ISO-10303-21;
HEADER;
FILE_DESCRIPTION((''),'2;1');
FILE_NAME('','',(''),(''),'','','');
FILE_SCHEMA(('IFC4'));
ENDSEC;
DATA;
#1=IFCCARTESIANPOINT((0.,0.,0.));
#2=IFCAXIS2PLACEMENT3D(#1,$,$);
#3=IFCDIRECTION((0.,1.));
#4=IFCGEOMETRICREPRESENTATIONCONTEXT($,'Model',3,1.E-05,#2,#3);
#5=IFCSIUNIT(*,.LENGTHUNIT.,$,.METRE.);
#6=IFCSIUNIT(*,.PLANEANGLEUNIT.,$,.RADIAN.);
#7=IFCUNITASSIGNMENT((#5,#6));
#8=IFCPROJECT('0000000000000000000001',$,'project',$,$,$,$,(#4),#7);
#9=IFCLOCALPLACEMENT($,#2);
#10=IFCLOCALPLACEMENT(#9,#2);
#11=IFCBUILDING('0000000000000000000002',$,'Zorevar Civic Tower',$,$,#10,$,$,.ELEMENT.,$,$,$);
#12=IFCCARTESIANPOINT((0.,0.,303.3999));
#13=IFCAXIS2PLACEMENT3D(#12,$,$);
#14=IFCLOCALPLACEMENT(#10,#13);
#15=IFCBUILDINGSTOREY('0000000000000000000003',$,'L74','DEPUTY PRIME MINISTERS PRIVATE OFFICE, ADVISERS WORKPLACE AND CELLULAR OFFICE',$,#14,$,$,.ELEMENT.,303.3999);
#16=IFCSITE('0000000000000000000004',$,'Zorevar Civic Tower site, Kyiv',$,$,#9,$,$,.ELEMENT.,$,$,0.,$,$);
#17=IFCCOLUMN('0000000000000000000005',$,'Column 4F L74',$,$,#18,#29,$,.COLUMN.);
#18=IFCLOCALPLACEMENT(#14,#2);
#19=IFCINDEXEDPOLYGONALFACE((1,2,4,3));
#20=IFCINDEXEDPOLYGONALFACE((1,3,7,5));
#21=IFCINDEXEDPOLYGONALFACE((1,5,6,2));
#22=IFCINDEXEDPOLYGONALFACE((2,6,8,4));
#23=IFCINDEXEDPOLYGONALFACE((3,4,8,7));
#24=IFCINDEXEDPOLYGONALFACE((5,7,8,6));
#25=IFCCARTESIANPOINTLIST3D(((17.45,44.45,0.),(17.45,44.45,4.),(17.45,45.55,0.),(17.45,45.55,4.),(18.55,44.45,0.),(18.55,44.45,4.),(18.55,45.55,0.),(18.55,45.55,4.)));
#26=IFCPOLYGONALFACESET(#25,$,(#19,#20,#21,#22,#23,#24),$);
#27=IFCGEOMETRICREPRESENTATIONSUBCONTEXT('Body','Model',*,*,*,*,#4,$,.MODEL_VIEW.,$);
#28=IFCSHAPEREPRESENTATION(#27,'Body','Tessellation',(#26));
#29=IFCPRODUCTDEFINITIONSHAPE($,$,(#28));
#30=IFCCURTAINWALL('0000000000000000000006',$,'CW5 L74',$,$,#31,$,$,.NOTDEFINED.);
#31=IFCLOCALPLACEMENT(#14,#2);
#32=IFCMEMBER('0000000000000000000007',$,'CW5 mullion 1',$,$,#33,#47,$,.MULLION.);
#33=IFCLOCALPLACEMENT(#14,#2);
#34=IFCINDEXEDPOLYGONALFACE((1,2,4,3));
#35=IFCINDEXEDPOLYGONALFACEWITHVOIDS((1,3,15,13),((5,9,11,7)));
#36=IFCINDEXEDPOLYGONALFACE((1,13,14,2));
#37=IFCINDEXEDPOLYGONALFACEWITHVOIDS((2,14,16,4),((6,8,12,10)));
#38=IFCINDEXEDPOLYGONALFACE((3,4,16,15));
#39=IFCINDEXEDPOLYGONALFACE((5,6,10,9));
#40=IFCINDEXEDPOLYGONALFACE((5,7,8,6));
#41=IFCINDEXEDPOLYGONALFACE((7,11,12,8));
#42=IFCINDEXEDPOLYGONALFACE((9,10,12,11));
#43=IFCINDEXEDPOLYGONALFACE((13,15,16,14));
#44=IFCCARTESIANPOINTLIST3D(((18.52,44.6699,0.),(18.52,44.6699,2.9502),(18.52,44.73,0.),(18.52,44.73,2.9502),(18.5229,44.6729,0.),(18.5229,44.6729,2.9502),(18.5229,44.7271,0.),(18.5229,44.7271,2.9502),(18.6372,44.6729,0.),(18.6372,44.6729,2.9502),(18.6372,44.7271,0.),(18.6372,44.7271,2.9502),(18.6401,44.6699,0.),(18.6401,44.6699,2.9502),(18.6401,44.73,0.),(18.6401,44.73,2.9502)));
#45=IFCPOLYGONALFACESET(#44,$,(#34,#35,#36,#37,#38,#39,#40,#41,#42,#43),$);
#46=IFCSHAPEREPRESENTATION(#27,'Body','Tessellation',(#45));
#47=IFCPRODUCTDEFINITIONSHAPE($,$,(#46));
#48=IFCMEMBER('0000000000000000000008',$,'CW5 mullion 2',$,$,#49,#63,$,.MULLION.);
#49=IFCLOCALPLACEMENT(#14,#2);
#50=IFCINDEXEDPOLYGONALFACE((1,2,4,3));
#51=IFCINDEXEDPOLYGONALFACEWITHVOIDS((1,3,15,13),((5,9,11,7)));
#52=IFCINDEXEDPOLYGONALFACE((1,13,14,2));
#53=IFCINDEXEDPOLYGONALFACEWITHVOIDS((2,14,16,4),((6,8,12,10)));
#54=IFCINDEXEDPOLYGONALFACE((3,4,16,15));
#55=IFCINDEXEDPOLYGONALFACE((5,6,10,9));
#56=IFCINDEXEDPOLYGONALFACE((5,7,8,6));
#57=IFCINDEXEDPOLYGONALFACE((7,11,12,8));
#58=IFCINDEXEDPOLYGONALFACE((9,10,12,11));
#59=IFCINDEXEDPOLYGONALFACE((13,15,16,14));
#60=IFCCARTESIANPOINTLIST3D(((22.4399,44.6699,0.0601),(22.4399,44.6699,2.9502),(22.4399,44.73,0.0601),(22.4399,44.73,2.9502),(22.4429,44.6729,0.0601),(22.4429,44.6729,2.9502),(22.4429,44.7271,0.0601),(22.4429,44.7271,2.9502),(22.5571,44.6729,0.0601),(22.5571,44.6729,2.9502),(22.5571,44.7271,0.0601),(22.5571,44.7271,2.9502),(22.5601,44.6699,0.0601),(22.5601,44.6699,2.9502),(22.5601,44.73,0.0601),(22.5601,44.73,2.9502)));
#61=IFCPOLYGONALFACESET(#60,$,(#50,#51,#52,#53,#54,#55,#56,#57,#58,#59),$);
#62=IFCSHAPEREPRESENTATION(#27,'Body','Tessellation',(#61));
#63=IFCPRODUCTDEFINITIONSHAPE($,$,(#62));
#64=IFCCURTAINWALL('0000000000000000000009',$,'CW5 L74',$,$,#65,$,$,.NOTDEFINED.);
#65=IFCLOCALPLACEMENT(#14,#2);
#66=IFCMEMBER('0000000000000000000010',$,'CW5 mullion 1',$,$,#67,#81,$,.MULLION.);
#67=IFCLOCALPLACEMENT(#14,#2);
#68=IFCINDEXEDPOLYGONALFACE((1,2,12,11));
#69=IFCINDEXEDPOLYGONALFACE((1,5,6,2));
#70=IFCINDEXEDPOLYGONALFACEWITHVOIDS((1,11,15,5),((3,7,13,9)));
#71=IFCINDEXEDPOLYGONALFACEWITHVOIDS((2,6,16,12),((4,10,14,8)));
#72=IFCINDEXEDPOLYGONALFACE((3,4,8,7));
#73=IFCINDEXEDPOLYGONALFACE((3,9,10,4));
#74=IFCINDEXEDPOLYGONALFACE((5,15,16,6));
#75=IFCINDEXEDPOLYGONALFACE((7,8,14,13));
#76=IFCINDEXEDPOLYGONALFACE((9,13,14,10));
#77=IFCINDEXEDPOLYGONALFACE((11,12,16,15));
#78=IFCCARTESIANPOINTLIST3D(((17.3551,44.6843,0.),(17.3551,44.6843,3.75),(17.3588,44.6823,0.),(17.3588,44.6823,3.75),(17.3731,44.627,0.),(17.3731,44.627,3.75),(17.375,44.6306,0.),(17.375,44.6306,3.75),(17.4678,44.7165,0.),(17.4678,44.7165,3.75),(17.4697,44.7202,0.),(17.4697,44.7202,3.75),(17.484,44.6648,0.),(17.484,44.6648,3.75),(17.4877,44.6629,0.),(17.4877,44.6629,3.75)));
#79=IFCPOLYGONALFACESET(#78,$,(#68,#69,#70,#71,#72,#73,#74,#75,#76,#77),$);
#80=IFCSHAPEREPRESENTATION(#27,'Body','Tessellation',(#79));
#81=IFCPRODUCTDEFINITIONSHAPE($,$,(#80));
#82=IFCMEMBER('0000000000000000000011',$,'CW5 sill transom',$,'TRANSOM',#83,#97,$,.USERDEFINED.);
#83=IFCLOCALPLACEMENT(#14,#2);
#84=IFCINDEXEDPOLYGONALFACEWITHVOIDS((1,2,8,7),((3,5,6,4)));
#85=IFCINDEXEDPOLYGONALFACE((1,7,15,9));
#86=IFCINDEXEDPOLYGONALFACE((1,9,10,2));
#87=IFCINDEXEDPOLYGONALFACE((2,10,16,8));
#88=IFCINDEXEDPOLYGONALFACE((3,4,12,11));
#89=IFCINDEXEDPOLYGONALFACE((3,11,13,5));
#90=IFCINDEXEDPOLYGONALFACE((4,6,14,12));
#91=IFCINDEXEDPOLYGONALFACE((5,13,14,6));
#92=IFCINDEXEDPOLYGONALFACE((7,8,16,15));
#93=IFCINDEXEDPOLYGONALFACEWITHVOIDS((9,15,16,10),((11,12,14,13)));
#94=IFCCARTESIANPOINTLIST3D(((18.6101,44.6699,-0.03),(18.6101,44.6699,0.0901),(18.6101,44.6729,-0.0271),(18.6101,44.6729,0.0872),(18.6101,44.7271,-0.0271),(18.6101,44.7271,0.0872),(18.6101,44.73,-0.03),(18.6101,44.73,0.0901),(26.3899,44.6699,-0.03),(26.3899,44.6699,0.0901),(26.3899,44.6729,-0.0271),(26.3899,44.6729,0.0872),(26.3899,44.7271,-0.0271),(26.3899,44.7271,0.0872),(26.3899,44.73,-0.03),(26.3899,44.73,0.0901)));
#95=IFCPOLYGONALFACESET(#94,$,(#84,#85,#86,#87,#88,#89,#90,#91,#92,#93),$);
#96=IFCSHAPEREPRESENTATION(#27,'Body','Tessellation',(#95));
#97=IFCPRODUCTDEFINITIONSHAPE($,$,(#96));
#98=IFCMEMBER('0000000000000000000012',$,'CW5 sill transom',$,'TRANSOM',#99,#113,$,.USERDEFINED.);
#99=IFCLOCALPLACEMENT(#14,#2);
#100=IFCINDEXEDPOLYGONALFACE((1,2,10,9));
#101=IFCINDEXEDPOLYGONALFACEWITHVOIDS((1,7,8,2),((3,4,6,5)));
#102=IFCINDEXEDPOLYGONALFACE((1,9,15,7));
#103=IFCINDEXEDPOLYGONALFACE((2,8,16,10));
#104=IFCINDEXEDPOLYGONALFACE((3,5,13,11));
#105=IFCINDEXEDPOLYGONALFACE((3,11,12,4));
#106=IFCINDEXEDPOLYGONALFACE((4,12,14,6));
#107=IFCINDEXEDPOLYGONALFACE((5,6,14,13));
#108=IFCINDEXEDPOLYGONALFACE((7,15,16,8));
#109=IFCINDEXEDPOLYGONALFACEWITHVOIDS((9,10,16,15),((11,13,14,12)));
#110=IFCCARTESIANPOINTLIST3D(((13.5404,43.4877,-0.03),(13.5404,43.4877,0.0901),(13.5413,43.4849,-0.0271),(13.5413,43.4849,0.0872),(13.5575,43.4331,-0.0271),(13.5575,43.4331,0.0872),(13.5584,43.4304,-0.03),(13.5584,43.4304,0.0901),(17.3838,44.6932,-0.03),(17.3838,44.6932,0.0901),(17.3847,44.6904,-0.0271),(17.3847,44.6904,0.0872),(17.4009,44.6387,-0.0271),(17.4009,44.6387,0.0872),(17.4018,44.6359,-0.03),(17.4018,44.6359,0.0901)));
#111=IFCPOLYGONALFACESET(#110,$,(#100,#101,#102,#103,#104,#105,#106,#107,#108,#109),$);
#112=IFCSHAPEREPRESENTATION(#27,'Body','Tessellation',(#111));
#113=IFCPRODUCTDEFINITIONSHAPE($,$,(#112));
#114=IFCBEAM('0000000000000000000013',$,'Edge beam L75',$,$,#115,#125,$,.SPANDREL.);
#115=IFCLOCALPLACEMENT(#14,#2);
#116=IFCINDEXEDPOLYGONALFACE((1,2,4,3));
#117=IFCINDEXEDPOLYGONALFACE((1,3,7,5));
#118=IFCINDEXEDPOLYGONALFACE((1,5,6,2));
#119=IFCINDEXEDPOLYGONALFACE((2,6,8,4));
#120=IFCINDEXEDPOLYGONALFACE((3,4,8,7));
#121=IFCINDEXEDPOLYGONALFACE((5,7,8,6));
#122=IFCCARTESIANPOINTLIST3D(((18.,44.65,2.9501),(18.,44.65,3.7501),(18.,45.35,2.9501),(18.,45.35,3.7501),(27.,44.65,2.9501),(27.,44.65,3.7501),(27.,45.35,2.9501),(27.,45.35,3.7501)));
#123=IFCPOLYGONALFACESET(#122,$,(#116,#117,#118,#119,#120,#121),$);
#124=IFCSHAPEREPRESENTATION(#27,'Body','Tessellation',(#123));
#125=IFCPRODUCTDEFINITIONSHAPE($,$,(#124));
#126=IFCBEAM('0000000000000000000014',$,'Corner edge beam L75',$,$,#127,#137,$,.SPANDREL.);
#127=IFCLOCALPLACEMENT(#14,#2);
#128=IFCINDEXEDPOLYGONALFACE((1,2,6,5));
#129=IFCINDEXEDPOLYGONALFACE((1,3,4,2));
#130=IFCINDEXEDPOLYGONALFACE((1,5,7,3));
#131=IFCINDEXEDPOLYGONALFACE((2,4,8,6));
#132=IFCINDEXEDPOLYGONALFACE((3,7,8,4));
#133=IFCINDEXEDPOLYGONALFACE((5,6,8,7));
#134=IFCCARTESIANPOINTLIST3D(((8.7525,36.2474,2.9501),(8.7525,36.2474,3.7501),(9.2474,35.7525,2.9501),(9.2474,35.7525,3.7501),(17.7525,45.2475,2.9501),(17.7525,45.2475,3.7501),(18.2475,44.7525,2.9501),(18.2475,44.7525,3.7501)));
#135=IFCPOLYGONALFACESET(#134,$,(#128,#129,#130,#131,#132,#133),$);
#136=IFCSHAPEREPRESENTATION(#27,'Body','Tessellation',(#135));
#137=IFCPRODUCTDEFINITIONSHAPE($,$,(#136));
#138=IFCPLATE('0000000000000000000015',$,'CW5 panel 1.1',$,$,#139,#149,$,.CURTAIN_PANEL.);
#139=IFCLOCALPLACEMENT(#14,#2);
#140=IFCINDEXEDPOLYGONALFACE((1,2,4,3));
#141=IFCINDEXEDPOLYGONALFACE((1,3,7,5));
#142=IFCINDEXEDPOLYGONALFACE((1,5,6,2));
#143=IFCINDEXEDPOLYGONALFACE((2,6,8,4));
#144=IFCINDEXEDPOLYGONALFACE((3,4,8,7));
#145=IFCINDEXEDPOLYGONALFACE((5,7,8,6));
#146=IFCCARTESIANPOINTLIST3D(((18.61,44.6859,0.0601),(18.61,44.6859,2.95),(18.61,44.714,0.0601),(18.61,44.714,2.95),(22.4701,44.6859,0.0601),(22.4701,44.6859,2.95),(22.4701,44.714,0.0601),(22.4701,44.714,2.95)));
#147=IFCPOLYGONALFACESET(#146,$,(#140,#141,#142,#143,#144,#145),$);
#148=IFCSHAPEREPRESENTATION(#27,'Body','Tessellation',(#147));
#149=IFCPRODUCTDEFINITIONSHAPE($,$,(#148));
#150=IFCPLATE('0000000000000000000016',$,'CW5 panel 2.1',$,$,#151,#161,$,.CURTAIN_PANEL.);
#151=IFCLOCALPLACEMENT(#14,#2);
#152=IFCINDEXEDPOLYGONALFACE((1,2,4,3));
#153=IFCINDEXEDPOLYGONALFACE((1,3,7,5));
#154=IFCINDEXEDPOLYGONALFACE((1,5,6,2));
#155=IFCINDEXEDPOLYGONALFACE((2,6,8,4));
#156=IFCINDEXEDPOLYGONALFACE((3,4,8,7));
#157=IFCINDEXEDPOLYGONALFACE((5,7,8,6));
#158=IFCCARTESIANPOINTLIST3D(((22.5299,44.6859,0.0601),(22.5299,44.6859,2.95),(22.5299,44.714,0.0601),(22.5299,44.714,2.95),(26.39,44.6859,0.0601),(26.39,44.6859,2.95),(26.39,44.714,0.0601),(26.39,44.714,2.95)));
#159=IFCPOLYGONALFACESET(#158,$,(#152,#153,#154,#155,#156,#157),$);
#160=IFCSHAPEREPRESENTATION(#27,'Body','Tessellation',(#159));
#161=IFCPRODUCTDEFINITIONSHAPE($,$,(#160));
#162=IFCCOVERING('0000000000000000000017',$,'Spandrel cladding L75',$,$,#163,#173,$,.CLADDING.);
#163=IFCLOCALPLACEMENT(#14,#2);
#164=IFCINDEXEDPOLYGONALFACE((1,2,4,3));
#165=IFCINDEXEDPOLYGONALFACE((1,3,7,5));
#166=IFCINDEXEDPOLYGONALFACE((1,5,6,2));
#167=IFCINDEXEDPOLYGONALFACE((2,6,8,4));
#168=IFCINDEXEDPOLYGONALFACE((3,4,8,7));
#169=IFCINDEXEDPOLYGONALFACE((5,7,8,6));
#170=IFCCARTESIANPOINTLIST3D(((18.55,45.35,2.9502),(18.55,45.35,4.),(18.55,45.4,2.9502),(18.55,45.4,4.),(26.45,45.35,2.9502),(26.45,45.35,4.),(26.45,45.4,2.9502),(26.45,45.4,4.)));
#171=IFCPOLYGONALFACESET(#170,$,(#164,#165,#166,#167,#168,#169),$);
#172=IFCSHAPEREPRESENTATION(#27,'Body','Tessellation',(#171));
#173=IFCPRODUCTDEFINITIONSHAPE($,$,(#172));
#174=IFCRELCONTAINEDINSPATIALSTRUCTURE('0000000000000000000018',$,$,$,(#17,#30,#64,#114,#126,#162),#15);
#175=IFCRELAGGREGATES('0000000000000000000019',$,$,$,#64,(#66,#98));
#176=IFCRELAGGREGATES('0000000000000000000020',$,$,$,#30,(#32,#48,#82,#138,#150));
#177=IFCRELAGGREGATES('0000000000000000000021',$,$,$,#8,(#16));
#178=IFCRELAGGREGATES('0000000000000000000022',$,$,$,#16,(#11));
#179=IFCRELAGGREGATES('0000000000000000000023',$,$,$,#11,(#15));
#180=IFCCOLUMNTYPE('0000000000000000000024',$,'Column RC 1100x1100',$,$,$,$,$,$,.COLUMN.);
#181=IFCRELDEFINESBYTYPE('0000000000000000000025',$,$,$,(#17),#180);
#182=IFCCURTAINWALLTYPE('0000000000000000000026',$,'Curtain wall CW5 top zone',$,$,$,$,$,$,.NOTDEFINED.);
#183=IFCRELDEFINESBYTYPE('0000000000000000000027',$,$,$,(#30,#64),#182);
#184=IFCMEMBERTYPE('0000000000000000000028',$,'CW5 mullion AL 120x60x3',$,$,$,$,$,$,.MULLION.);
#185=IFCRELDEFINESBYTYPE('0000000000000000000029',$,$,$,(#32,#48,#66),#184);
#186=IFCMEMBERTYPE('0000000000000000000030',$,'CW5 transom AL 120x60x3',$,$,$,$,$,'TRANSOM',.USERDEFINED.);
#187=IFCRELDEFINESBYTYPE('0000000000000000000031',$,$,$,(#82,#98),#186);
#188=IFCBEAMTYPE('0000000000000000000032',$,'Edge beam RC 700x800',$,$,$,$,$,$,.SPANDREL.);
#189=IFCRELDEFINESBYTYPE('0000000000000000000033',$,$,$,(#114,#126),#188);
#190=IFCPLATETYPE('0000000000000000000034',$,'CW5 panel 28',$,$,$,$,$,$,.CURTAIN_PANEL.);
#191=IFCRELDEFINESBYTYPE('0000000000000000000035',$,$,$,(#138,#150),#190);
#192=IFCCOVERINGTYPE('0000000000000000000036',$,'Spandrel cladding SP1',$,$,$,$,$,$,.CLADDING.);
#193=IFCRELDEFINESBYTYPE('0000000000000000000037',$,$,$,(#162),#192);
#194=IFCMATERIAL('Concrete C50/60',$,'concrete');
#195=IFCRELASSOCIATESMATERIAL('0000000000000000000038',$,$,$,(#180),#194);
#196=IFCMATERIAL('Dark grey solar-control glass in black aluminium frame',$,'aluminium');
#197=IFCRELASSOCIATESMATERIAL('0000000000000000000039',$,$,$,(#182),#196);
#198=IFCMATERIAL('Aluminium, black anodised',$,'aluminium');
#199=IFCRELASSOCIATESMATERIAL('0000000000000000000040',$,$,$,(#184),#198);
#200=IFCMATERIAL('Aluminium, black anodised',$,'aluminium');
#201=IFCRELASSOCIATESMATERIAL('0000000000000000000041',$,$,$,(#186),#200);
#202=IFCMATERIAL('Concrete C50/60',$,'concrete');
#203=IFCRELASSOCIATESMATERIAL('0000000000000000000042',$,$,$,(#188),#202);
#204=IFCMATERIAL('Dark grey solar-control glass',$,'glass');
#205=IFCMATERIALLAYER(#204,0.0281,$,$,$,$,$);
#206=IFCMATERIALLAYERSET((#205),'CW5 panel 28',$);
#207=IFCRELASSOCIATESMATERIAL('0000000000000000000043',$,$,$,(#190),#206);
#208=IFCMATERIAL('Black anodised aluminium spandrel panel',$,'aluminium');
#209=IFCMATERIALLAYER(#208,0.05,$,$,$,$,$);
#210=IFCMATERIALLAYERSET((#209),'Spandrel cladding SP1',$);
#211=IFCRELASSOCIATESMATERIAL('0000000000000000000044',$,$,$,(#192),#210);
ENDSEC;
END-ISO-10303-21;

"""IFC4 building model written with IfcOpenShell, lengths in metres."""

from ifc_helpers import new_model, si_unit, direction, frame, frame_2d, origin, origin_2d, place, context, subcontext, project, spatial, rectangle, hollow_rectangle, extrude, material, layer, layer_set, material_profile, profile_set, type_object, element, aggregate, save


model = new_model("IFC4")

# Units and contexts
model_context = context("Model", 3, precision=1e-05, world=origin(), true_north=direction((0.0, 1.0)))
body_context = subcontext(model_context, "Body", "Model", "MODEL_VIEW")
ifc_project = project(units=[si_unit("LENGTHUNIT", "METRE"), si_unit("PLANEANGLEUNIT", "RADIAN")], contexts=[model_context])

# Site, building, storey
site_placement = place(None, origin())
site = spatial("IfcSite", under=ifc_project, at=site_placement, Name="Zorevar Civic Tower site, Kyiv", CompositionType="ELEMENT", RefElevation=0.0)
building_placement = place(site_placement, origin())
building = spatial("IfcBuilding", under=site, at=building_placement, Name="Zorevar Civic Tower", CompositionType="ELEMENT")
storey_placement = place(building_placement, frame((0.0, 0.0, 303.3999)))
storey = spatial("IfcBuildingStorey", under=building, at=storey_placement, Name="L74", Description="DEPUTY PRIME MINISTERS PRIVATE OFFICE, ADVISERS WORKPLACE AND CELLULAR OFFICE", CompositionType="ELEMENT", Elevation=303.3999)

# Column
ifc_material_1 = material(Name="Concrete C50/60", Category="concrete")
ifc_material_profile_1 = material_profile(ifc_material_1, rectangle(XDim=1.1001, YDim=1.1001, at=origin_2d()), Name="RC 1100x1100")
ifc_profile_set_1 = profile_set([ifc_material_profile_1], Name="Concrete C50/60")
column_type = type_object("IfcColumnType", Name="Column RC 1100x1100", PredefinedType="COLUMN", material=ifc_profile_set_1)
column_placement = place(storey_placement, frame((18.0, 45.0, 0.0), z_axis=(0.0, 0.0, 1.0), x_axis=(1.0, 0.0, 0.0)))
element("IfcColumn", 1, at=column_placement, inside=storey, type_object=column_type, Name="Column 4F L74", PredefinedType="COLUMN", context=body_context, shape_type="SweptSolid", body=[
    extrude(rectangle(XDim=1.1001, YDim=1.1001, at=origin_2d()), origin(), (0.0, 0.0, 1.0), 4.0),
])

# Curtain wall, members
ifc_material_2 = material(Name="Dark grey solar-control glass in black aluminium frame", Category="aluminium")
curtain_wall_type = type_object("IfcCurtainWallType", Name="Curtain wall CW5 top zone", PredefinedType="NOTDEFINED", material=ifc_material_2)
curtain_wall_1_placement = place(storey_placement, origin())
curtain_wall_1 = element("IfcCurtainWall", 2, at=curtain_wall_1_placement, inside=storey, type_object=curtain_wall_type, Name="CW5 L74", PredefinedType="NOTDEFINED")
ifc_material_3 = material(Name="Aluminium, black anodised", Category="aluminium")
ifc_material_profile_2 = material_profile(ifc_material_3, hollow_rectangle(XDim=0.0601, YDim=0.1201, WallThickness=0.0029, at=origin_2d()), Name="AL 120x60x3")
ifc_profile_set_2 = profile_set([ifc_material_profile_2], Name="Aluminium, black anodised")
member_type_1 = type_object("IfcMemberType", Name="CW5 mullion AL 120x60x3", PredefinedType="MULLION", material=ifc_profile_set_2)
member_1_placement = place(storey_placement, frame((18.5801, 44.7, 0.0), z_axis=(0.0, 0.0, 1.0), x_axis=(0.0, 1.0, 0.0)))
member_1 = element("IfcMember", 3, at=member_1_placement, type_object=member_type_1, Name="CW5 mullion 1", PredefinedType="MULLION", context=body_context, shape_type="SweptSolid", body=[
    extrude(hollow_rectangle(XDim=0.0601, YDim=0.1201, WallThickness=0.0029, at=origin_2d()), origin(), (0.0, 0.0, 1.0), 2.9502),
])
member_2_placement = place(storey_placement, frame((22.5, 44.7, 0.0601), z_axis=(0.0, 0.0, 1.0), x_axis=(0.0, 1.0, 0.0)))
member_2 = element("IfcMember", 4, at=member_2_placement, type_object=member_type_1, Name="CW5 mullion 2", PredefinedType="MULLION", context=body_context, shape_type="SweptSolid", body=[
    extrude(hollow_rectangle(XDim=0.0601, YDim=0.1201, WallThickness=0.0029, at=origin_2d()), origin(), (0.0, 0.0, 1.0), 2.8901),
])

# Curtain wall, member
curtain_wall_2_placement = place(storey_placement, origin())
curtain_wall_2 = element("IfcCurtainWall", 5, at=curtain_wall_2_placement, inside=storey, type_object=curtain_wall_type, Name="CW5 L74", PredefinedType="NOTDEFINED")
member_3_placement = place(storey_placement, frame((17.4214, 44.6736, 0.0), z_axis=(0.0, 0.0, 1.0), x_axis=(0.299318, -0.954153, 0.0)))
member_3 = element("IfcMember", 6, at=member_3_placement, type_object=member_type_1, Name="CW5 mullion 1", PredefinedType="MULLION", context=body_context, shape_type="SweptSolid", body=[
    extrude(hollow_rectangle(XDim=0.0601, YDim=0.1201, WallThickness=0.0029, at=origin_2d()), origin(), (0.0, 0.0, 1.0), 3.75),
])

# Members
ifc_material_4 = material(Name="Aluminium, black anodised", Category="aluminium")
ifc_material_profile_3 = material_profile(ifc_material_4, hollow_rectangle(XDim=0.0601, YDim=0.1201, WallThickness=0.0029, at=origin_2d()), Name="AL 120x60x3")
ifc_profile_set_3 = profile_set([ifc_material_profile_3], Name="Aluminium, black anodised")
member_type_2 = type_object("IfcMemberType", Name="CW5 transom AL 120x60x3", ElementType="TRANSOM", PredefinedType="USERDEFINED", material=ifc_profile_set_3)
member_4_placement = place(storey_placement, frame((18.6101, 44.7, 0.03), z_axis=(1.0, 0.0, 0.0), x_axis=(0.0, 1.0, 0.0)))
member_4 = element("IfcMember", 7, at=member_4_placement, type_object=member_type_2, Name="CW5 sill transom", ObjectType="TRANSOM", PredefinedType="USERDEFINED", context=body_context, shape_type="SweptSolid", body=[
    extrude(hollow_rectangle(XDim=0.0601, YDim=0.1201, WallThickness=0.0029, at=origin_2d()), origin(), (0.0, 0.0, 1.0), 7.7798),
])
member_5_placement = place(storey_placement, frame((17.3928, 44.6646, 0.03), z_axis=(-0.954163, -0.299286, 0.0), x_axis=(0.299286, -0.954163, 0.0)))
member_5 = element("IfcMember", 8, at=member_5_placement, type_object=member_type_2, Name="CW5 sill transom", ObjectType="TRANSOM", PredefinedType="USERDEFINED", context=body_context, shape_type="SweptSolid", body=[
    extrude(hollow_rectangle(XDim=0.0601, YDim=0.1201, WallThickness=0.0029, at=origin_2d()), origin(), (0.0, 0.0, 1.0), 4.0281),
])
aggregate(curtain_wall_2, [member_3, member_5])

# Beams
ifc_material_5 = material(Name="Concrete C50/60", Category="concrete")
ifc_material_profile_4 = material_profile(ifc_material_5, rectangle(XDim=0.7, YDim=0.8, at=origin_2d()), Name="RC 700x800")
ifc_profile_set_4 = profile_set([ifc_material_profile_4], Name="Concrete C50/60")
beam_type = type_object("IfcBeamType", Name="Edge beam RC 700x800", PredefinedType="SPANDREL", material=ifc_profile_set_4)
beam_1_placement = place(storey_placement, frame((18.0, 45.0, 3.3501), z_axis=(1.0, 0.0, 0.0), x_axis=(0.0, 1.0, 0.0)))
element("IfcBeam", 9, at=beam_1_placement, inside=storey, type_object=beam_type, Name="Edge beam L75", PredefinedType="SPANDREL", context=body_context, shape_type="SweptSolid", body=[
    extrude(rectangle(XDim=0.7, YDim=0.8, at=origin_2d()), origin(), (0.0, 0.0, 1.0), 9.0),
])
beam_2_placement = place(storey_placement, frame((18.0, 45.0, 3.3501), z_axis=(-0.707107, -0.707107, 0.0), x_axis=(0.707107, -0.707107, 0.0)))
element("IfcBeam", 10, at=beam_2_placement, inside=storey, type_object=beam_type, Name="Corner edge beam L75", PredefinedType="SPANDREL", context=body_context, shape_type="SweptSolid", body=[
    extrude(rectangle(XDim=0.7, YDim=0.8, at=origin_2d()), origin(), (0.0, 0.0, 1.0), 12.728),
])

# Plates
ifc_material_6 = material(Name="Dark grey solar-control glass", Category="glass")
ifc_layer_1 = layer(ifc_material_6, 0.0281)
ifc_layer_set_1 = layer_set([ifc_layer_1], Name="CW5 panel 28")
plate_type = type_object("IfcPlateType", Name="CW5 panel 28", PredefinedType="CURTAIN_PANEL", material=ifc_layer_set_1)
plate_1_placement = place(storey_placement, frame((20.54, 44.7, 0.0601), z_axis=(0.0, 0.0, 1.0), x_axis=(1.0, 0.0, 0.0)))
plate_1 = element("IfcPlate", 11, at=plate_1_placement, type_object=plate_type, Name="CW5 panel 1.1", PredefinedType="CURTAIN_PANEL", context=body_context, shape_type="SweptSolid", body=[
    extrude(rectangle(XDim=3.8601, YDim=0.0281, at=origin_2d()), origin(), (0.0, 0.0, 1.0), 2.8899),
])
plate_2_placement = place(storey_placement, frame((24.46, 44.7, 0.0601), z_axis=(0.0, 0.0, 1.0), x_axis=(1.0, 0.0, 0.0)))
plate_2 = element("IfcPlate", 12, at=plate_2_placement, type_object=plate_type, Name="CW5 panel 2.1", PredefinedType="CURTAIN_PANEL", context=body_context, shape_type="SweptSolid", body=[
    extrude(rectangle(XDim=3.8601, YDim=0.0281, at=origin_2d()), origin(), (0.0, 0.0, 1.0), 2.8899),
])
aggregate(curtain_wall_1, [member_1, member_2, member_4, plate_1, plate_2])

# Covering
ifc_material_7 = material(Name="Black anodised aluminium spandrel panel", Category="aluminium")
ifc_layer_2 = layer(ifc_material_7, 0.05)
ifc_layer_set_2 = layer_set([ifc_layer_2], Name="Spandrel cladding SP1")
covering_type = type_object("IfcCoveringType", Name="Spandrel cladding SP1", PredefinedType="CLADDING", material=ifc_layer_set_2)
covering_placement = place(storey_placement, frame((18.55, 45.375, 2.9502), z_axis=(0.0, 0.0, 1.0), x_axis=(1.0, 0.0, 0.0)))
element("IfcCovering", 13, at=covering_placement, inside=storey, type_object=covering_type, Name="Spandrel cladding L75", PredefinedType="CLADDING", context=body_context, shape_type="SweptSolid", body=[
    extrude(rectangle(XDim=7.8999, YDim=0.05, at=frame_2d((3.95, 0.0))), origin(), (0.0, 0.0, 1.0), 1.0498),
])

save(model, "model.ifc")
